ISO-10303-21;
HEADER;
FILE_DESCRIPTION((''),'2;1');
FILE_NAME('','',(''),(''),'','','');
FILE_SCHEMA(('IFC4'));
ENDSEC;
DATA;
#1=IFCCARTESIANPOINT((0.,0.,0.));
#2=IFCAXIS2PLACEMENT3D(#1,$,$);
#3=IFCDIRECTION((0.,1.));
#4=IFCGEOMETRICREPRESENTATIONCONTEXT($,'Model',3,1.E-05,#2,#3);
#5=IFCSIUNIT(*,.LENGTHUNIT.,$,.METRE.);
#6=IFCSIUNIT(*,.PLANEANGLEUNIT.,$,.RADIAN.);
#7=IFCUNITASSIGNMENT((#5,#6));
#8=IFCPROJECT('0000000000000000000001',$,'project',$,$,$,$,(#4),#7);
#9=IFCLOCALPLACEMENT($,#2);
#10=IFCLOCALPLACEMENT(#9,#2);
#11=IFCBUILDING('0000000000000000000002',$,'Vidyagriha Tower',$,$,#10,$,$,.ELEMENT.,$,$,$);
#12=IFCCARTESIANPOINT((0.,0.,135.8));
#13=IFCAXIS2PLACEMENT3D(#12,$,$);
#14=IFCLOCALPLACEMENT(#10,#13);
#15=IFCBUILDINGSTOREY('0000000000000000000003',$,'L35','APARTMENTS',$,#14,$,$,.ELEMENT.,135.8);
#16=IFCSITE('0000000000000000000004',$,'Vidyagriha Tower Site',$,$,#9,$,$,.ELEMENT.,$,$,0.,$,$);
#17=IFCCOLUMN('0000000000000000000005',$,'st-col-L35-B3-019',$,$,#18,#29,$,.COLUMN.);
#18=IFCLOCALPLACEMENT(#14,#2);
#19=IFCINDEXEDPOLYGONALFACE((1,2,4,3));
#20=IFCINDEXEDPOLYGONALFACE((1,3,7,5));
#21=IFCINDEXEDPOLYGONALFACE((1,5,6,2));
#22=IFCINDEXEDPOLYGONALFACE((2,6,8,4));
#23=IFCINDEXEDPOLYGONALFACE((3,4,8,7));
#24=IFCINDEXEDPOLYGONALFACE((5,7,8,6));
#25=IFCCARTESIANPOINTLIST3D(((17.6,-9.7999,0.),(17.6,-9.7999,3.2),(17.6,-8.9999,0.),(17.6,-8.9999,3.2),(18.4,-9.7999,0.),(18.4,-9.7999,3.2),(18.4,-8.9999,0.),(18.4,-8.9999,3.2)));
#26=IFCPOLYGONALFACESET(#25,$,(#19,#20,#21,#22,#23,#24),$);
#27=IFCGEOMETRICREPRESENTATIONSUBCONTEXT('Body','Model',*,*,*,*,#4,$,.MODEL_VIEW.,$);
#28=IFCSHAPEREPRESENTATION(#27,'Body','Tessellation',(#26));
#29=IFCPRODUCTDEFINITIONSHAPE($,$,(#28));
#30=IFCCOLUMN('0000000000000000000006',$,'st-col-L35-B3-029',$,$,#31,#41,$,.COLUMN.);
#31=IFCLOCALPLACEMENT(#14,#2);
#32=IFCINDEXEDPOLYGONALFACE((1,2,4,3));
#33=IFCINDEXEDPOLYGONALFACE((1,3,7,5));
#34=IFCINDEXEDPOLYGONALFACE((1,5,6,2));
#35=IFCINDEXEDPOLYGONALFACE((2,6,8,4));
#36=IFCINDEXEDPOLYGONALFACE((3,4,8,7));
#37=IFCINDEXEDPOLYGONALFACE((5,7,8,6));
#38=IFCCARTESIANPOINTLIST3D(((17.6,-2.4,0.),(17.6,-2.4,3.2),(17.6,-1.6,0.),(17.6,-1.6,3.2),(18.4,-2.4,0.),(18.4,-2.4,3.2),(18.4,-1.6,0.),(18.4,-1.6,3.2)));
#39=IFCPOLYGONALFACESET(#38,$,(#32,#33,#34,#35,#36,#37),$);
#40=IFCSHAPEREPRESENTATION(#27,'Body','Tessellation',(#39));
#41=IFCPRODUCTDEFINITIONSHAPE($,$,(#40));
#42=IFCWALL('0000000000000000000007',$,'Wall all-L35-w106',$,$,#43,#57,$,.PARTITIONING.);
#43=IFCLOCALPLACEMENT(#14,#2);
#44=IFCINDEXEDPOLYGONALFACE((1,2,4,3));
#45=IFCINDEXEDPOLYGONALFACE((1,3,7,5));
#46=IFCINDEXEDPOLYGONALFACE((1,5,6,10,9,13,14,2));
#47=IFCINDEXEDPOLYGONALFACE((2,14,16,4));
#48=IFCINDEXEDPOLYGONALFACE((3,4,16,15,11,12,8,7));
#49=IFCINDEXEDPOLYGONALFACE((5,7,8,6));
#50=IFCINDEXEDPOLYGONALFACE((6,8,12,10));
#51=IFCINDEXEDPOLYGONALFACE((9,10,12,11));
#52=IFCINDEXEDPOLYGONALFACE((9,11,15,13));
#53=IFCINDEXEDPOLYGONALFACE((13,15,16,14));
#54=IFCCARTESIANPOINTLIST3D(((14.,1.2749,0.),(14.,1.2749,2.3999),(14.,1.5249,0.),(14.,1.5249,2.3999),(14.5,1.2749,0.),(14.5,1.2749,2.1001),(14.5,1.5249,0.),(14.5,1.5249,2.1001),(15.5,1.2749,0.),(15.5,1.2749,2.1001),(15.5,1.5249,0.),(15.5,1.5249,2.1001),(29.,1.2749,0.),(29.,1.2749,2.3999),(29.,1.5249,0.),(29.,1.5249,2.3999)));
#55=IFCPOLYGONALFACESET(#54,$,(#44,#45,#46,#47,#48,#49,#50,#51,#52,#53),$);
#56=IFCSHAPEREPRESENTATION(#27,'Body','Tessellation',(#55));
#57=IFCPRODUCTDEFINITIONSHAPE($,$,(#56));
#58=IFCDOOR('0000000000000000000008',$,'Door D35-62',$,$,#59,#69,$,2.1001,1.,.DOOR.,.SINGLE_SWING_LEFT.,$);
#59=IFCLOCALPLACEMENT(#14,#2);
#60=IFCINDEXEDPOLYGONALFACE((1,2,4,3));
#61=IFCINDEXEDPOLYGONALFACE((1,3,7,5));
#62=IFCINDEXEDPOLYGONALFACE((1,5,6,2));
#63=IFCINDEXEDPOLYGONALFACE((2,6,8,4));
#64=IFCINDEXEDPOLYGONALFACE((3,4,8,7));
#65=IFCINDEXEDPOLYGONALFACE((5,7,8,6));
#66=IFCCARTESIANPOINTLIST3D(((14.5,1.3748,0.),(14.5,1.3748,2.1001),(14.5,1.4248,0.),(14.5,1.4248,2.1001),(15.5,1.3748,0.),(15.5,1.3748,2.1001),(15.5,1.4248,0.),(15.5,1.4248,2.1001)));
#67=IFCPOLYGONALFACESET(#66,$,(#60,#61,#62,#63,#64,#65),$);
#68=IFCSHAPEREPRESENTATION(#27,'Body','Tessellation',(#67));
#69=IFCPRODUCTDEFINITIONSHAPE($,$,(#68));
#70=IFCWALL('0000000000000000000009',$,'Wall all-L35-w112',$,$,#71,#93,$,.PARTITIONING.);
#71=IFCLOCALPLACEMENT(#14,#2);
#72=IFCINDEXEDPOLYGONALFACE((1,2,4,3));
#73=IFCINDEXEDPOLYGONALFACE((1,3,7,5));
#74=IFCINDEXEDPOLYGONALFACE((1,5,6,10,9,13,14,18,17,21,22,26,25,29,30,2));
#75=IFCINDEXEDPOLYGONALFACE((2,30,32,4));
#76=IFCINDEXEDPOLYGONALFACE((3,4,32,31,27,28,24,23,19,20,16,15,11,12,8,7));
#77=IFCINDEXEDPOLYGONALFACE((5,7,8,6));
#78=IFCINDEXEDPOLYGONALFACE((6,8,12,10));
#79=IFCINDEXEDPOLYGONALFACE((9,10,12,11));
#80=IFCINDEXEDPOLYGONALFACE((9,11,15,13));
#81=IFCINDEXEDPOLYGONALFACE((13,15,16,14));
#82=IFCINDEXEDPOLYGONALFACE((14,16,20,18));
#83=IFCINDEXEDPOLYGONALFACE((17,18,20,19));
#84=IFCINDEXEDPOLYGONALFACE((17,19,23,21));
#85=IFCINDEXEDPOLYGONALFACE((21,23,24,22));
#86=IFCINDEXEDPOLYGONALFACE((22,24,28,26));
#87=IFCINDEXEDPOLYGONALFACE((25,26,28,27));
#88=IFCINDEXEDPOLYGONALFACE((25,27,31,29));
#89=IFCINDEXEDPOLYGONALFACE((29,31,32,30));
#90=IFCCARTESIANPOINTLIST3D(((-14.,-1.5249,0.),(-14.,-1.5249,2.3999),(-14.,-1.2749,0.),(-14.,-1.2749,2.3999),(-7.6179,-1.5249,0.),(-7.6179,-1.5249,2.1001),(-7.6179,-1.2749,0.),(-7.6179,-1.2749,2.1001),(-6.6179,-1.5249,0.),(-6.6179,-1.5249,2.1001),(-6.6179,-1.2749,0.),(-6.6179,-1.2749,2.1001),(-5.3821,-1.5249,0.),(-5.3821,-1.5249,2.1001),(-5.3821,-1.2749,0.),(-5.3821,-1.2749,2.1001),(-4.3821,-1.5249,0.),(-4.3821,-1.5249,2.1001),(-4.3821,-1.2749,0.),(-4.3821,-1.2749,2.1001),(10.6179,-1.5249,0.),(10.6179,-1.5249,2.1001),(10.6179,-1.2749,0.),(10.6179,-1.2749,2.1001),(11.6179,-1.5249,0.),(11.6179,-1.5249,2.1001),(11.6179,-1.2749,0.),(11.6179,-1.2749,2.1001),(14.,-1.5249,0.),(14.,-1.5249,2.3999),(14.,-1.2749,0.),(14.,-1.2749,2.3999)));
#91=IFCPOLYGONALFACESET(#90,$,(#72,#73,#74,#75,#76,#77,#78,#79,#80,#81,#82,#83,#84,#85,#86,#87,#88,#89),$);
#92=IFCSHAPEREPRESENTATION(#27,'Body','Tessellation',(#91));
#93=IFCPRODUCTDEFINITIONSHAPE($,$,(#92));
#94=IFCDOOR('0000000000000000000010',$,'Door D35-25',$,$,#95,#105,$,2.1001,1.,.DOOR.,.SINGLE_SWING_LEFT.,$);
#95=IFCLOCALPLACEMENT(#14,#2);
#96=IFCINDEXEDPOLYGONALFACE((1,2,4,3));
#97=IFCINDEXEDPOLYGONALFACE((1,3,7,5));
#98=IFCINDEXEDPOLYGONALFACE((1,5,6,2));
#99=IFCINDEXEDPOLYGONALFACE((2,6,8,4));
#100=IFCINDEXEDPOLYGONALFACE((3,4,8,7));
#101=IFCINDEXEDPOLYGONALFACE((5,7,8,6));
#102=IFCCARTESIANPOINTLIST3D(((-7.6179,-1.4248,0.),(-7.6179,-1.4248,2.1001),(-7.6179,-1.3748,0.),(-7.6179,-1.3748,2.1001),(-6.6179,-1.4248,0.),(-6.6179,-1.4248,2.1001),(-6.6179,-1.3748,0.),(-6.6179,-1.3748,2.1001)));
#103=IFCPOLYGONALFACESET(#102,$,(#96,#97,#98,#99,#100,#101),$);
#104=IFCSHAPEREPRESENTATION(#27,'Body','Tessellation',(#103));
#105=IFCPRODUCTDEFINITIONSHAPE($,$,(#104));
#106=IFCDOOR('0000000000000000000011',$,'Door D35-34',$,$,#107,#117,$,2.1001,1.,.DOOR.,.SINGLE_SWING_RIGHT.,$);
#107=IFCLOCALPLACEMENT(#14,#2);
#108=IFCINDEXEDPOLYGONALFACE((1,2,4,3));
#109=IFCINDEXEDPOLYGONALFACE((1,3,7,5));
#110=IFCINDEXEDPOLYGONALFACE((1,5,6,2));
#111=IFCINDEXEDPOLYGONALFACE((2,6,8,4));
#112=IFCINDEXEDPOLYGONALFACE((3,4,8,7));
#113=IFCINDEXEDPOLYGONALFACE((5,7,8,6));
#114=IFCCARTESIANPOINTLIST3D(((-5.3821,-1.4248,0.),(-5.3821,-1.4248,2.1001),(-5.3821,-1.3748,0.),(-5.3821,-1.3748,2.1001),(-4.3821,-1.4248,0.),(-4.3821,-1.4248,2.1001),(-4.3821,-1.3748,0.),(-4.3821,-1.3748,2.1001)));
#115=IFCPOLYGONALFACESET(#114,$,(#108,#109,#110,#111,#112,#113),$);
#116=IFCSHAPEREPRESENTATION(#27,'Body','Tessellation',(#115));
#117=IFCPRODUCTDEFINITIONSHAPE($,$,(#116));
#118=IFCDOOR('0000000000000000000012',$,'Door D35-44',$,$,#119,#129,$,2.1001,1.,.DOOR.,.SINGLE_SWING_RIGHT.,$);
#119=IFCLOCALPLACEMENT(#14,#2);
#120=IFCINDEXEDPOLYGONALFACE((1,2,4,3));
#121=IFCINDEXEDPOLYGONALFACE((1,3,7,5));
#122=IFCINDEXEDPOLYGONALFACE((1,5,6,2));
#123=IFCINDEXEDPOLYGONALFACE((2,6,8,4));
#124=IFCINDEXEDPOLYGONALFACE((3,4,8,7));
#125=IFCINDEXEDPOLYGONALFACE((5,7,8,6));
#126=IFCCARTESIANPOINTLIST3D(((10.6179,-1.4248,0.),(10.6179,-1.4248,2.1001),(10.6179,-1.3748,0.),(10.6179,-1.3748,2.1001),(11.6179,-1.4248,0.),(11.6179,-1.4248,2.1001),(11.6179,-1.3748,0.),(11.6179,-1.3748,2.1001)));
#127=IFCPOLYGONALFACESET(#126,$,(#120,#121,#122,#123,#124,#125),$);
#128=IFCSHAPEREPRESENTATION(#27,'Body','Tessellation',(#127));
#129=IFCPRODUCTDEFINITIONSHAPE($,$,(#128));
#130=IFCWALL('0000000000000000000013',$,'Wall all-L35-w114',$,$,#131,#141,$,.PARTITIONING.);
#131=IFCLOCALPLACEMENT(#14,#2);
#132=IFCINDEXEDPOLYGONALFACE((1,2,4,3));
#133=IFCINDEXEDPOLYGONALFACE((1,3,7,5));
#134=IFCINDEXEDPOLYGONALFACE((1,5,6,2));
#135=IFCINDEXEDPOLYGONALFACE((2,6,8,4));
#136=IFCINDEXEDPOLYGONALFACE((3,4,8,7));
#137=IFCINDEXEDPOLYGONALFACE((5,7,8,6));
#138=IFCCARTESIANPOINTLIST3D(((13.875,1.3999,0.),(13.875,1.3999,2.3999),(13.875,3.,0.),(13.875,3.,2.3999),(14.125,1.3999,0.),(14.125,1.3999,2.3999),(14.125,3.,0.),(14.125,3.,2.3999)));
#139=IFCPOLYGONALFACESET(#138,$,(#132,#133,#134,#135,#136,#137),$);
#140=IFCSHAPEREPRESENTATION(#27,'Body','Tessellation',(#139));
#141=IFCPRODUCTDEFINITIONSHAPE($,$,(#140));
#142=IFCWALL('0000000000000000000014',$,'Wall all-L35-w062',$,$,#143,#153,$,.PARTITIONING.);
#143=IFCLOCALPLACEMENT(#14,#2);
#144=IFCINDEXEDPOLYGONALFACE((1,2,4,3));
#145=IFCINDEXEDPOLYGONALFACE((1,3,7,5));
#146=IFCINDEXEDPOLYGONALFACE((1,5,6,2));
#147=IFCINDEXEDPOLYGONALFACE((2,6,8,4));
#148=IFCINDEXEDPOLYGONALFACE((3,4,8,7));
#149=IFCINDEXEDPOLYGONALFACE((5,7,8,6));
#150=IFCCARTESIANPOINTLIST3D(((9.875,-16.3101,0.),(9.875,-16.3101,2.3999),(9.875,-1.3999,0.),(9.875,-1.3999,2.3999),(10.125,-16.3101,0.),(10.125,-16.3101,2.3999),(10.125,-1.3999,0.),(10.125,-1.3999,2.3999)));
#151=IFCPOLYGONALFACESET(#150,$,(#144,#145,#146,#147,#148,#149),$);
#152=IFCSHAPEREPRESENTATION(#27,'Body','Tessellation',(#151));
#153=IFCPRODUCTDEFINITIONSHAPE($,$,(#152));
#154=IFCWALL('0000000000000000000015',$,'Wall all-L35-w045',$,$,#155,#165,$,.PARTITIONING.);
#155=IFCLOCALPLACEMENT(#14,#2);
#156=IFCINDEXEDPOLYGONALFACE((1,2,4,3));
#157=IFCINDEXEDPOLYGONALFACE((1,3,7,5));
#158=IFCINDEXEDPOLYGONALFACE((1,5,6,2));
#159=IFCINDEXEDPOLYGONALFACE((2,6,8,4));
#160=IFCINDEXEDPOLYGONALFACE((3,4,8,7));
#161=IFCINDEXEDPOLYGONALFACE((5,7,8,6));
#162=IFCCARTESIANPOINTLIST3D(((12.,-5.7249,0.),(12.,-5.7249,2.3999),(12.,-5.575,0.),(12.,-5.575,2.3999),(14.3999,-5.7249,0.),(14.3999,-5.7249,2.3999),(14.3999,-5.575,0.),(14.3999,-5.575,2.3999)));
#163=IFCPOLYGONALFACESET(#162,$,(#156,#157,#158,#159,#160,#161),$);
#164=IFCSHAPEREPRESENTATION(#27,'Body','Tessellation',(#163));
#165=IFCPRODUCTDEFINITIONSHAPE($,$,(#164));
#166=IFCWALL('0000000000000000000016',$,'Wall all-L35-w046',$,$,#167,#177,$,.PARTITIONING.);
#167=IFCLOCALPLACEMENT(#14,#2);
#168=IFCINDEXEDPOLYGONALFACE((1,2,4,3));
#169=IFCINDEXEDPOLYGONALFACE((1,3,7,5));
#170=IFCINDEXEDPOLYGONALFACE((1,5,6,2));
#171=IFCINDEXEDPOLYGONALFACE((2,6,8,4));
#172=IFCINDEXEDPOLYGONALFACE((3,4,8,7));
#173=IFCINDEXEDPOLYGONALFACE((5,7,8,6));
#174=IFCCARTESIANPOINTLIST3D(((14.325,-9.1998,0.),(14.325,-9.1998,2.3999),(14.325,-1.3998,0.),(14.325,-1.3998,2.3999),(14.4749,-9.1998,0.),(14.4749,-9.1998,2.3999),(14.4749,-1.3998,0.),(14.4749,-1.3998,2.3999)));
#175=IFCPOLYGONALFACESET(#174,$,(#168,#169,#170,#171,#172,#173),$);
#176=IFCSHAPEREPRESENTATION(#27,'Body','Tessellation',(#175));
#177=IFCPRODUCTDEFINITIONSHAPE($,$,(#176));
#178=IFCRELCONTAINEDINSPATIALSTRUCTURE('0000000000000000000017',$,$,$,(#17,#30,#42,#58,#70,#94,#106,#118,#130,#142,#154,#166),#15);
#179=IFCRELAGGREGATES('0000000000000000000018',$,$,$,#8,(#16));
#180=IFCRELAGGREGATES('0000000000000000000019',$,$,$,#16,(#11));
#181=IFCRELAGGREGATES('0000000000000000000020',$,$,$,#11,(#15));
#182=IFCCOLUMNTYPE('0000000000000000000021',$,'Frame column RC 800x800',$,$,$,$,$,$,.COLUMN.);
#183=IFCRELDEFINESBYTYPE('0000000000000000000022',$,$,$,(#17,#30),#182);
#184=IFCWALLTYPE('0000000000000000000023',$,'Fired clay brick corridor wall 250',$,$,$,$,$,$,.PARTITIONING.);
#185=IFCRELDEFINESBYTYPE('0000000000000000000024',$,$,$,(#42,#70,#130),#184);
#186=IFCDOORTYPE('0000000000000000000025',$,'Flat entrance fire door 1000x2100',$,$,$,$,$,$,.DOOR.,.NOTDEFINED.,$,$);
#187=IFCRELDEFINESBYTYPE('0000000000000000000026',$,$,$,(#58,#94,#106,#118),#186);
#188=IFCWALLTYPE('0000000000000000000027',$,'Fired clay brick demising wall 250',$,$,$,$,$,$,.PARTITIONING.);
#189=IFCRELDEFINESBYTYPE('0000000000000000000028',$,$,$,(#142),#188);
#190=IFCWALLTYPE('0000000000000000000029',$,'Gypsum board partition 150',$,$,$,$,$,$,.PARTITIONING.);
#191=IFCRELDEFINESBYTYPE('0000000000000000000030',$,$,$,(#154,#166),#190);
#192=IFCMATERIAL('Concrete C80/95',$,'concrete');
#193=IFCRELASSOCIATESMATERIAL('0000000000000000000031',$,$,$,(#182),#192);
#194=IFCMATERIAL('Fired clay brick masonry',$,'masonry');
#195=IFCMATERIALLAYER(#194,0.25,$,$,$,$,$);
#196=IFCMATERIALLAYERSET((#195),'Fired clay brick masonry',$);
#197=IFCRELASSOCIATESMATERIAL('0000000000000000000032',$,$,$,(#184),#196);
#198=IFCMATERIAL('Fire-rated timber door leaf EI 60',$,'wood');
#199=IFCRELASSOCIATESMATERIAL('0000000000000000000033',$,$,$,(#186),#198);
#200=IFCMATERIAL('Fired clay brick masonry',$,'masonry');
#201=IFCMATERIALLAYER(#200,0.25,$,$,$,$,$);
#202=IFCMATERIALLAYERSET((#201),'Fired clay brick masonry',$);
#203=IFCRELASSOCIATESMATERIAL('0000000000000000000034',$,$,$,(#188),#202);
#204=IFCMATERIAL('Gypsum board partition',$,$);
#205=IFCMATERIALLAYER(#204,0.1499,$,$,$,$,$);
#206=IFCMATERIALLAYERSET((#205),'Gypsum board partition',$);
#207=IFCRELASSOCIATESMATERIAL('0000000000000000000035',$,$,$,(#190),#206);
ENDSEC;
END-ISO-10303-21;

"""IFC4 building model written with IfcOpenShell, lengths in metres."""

from ifc_helpers import new_model, si_unit, direction, frame, frame_2d, origin, origin_2d, place, context, subcontext, project, spatial, rectangle, extrude, material, layer, layer_set, material_profile, profile_set, type_object, element, fill, save


model = new_model("IFC4")

# Units and contexts
model_context = context("Model", 3, precision=1e-05, world=origin(), true_north=direction((0.0, 1.0)))
body_context = subcontext(model_context, "Body", "Model", "MODEL_VIEW")
ifc_project = project(units=[si_unit("LENGTHUNIT", "METRE"), si_unit("PLANEANGLEUNIT", "RADIAN")], contexts=[model_context])

# Site, building, storey
site_placement = place(None, origin())
site = spatial("IfcSite", under=ifc_project, at=site_placement, Name="Vidyagriha Tower Site", CompositionType="ELEMENT", RefElevation=0.0)
building_placement = place(site_placement, origin())
building = spatial("IfcBuilding", under=site, at=building_placement, Name="Vidyagriha Tower", CompositionType="ELEMENT")
storey_placement = place(building_placement, frame((0.0, 0.0, 135.8)))
storey = spatial("IfcBuildingStorey", under=building, at=storey_placement, Name="L35", Description="APARTMENTS", CompositionType="ELEMENT", Elevation=135.8)

# Columns
ifc_material_1 = material(Name="Concrete C80/95", Category="concrete")
ifc_material_profile = material_profile(ifc_material_1, rectangle(XDim=0.8, YDim=0.8, at=origin_2d()), Name="RC 800x800")
ifc_profile_set = profile_set([ifc_material_profile], Name="Concrete C80/95")
column_type = type_object("IfcColumnType", Name="Frame column RC 800x800", PredefinedType="COLUMN", material=ifc_profile_set)
for number, where, name in (
    (1, (18.0, -9.3999, 0.0), "st-col-L35-B3-019"),
    (2, (18.0, -2.0, 0.0), "st-col-L35-B3-029"),
):
    element("IfcColumn", number, at=place(storey_placement, frame(where)), inside=storey, type_object=column_type, Name=name, PredefinedType="COLUMN", context=body_context, shape_type="SweptSolid", body=[
        extrude(rectangle(XDim=0.8, YDim=0.8, at=origin_2d()), origin(), (0.0, 0.0, 1.0), 3.2),
    ])

# Wall, opening, door
ifc_material_2 = material(Name="Fired clay brick masonry", Category="masonry")
ifc_layer_1 = layer(ifc_material_2, 0.25)
ifc_layer_set_1 = layer_set([ifc_layer_1], Name="Fired clay brick masonry")
wall_type_1 = type_object("IfcWallType", Name="Fired clay brick corridor wall 250", PredefinedType="PARTITIONING", material=ifc_layer_set_1)
wall_1_placement = place(storey_placement, frame((14.0, 1.3999, 0.0)))
wall_1 = element("IfcWall", 3, at=wall_1_placement, inside=storey, type_object=wall_type_1, Name="Wall all-L35-w106", PredefinedType="PARTITIONING", context=body_context, shape_type="SweptSolid", body=[
    extrude(rectangle(XDim=15.0, YDim=0.25, at=frame_2d((7.5, 0.0))), origin(), (0.0, 0.0, 1.0), 2.3999),
])
opening_1_placement = place(wall_1_placement, frame((0.5, 0.0, 0.0)))
opening_1 = element("IfcOpeningElement", 4, at=opening_1_placement, cuts=wall_1, PredefinedType="OPENING", context=body_context, shape_type="SweptSolid", body=[
    extrude(rectangle(XDim=1.0, YDim=2.1001, at=frame_2d((0.5, 1.05))), frame((0.0, 0.135, 0.0), z_axis=(0.0, -1.0, 0.0), x_axis=(1.0, 0.0, 0.0)), (0.0, 0.0, 1.0), 0.27),
])
ifc_material_3 = material(Name="Fire-rated timber door leaf EI 60", Category="wood")
door_type_1 = type_object("IfcDoorType", Name="Flat entrance fire door 1000x2100", OperationType="NOTDEFINED", PredefinedType="DOOR", material=ifc_material_3)
door_1_placement = place(opening_1_placement, origin())
door_1 = element("IfcDoor", 5, at=door_1_placement, inside=storey, type_object=door_type_1, Name="Door D35-62", OperationType="SINGLE_SWING_LEFT", OverallHeight=2.1001, OverallWidth=1.0, PredefinedType="DOOR", context=body_context, shape_type="SweptSolid", body=[
    extrude(rectangle(XDim=1.0, YDim=2.1001, at=frame_2d((0.5, 1.05))), frame((0.0, 0.0249, 0.0), z_axis=(0.0, -1.0, 0.0), x_axis=(1.0, 0.0, 0.0)), (0.0, 0.0, 1.0), 0.05),
])
fill(opening_1, door_1)

# Wall, openings, doors
wall_2_placement = place(storey_placement, frame((14.0, -1.3999, 0.0), z_axis=(0.0, 0.0, 1.0), x_axis=(-1.0, 0.0, 0.0)))
wall_2 = element("IfcWall", 6, at=wall_2_placement, inside=storey, type_object=wall_type_1, Name="Wall all-L35-w112", PredefinedType="PARTITIONING", context=body_context, shape_type="SweptSolid", body=[
    extrude(rectangle(XDim=28.0, YDim=0.25, at=frame_2d((14.0, 0.0))), origin(), (0.0, 0.0, 1.0), 2.3999),
])
opening_2_placement = place(wall_2_placement, frame((20.6179, 0.0, 0.0)))
opening_2 = element("IfcOpeningElement", 7, at=opening_2_placement, cuts=wall_2, PredefinedType="OPENING", context=body_context, shape_type="SweptSolid", body=[
    extrude(rectangle(XDim=1.0, YDim=2.1001, at=frame_2d((0.5, 1.05))), frame((0.0, 0.135, 0.0), z_axis=(0.0, -1.0, 0.0), x_axis=(1.0, 0.0, 0.0)), (0.0, 0.0, 1.0), 0.27),
])
opening_3_placement = place(wall_2_placement, frame((18.3821, 0.0, 0.0)))
opening_3 = element("IfcOpeningElement", 8, at=opening_3_placement, cuts=wall_2, PredefinedType="OPENING", context=body_context, shape_type="SweptSolid", body=[
    extrude(rectangle(XDim=1.0, YDim=2.1001, at=frame_2d((0.5, 1.05))), frame((0.0, 0.135, 0.0), z_axis=(0.0, -1.0, 0.0), x_axis=(1.0, 0.0, 0.0)), (0.0, 0.0, 1.0), 0.27),
])
opening_4_placement = place(wall_2_placement, frame((2.3821, 0.0, 0.0)))
opening_4 = element("IfcOpeningElement", 9, at=opening_4_placement, cuts=wall_2, PredefinedType="OPENING", context=body_context, shape_type="SweptSolid", body=[
    extrude(rectangle(XDim=1.0, YDim=2.1001, at=frame_2d((0.5, 1.05))), frame((0.0, 0.135, 0.0), z_axis=(0.0, -1.0, 0.0), x_axis=(1.0, 0.0, 0.0)), (0.0, 0.0, 1.0), 0.27),
])
door_2_placement = place(opening_2_placement, origin())
door_2 = element("IfcDoor", 10, at=door_2_placement, inside=storey, type_object=door_type_1, Name="Door D35-25", OperationType="SINGLE_SWING_LEFT", OverallHeight=2.1001, OverallWidth=1.0, PredefinedType="DOOR", context=body_context, shape_type="SweptSolid", body=[
    extrude(rectangle(XDim=1.0, YDim=2.1001, at=frame_2d((0.5, 1.05))), frame((0.0, 0.0249, 0.0), z_axis=(0.0, -1.0, 0.0), x_axis=(1.0, 0.0, 0.0)), (0.0, 0.0, 1.0), 0.05),
])
fill(opening_2, door_2)
door_3_placement = place(opening_3_placement, origin())
door_3 = element("IfcDoor", 11, at=door_3_placement, inside=storey, type_object=door_type_1, Name="Door D35-34", OperationType="SINGLE_SWING_RIGHT", OverallHeight=2.1001, OverallWidth=1.0, PredefinedType="DOOR", context=body_context, shape_type="SweptSolid", body=[
    extrude(rectangle(XDim=1.0, YDim=2.1001, at=frame_2d((0.5, 1.05))), frame((0.0, 0.0249, 0.0), z_axis=(0.0, -1.0, 0.0), x_axis=(1.0, 0.0, 0.0)), (0.0, 0.0, 1.0), 0.05),
])
fill(opening_3, door_3)
door_4_placement = place(opening_4_placement, origin())
door_4 = element("IfcDoor", 12, at=door_4_placement, inside=storey, type_object=door_type_1, Name="Door D35-44", OperationType="SINGLE_SWING_RIGHT", OverallHeight=2.1001, OverallWidth=1.0, PredefinedType="DOOR", context=body_context, shape_type="SweptSolid", body=[
    extrude(rectangle(XDim=1.0, YDim=2.1001, at=frame_2d((0.5, 1.05))), frame((0.0, 0.0249, 0.0), z_axis=(0.0, -1.0, 0.0), x_axis=(1.0, 0.0, 0.0)), (0.0, 0.0, 1.0), 0.05),
])
fill(opening_4, door_4)

# Walls
wall_3_placement = place(storey_placement, frame((14.0, 1.3999, 0.0), z_axis=(0.0, 0.0, 1.0), x_axis=(0.0, 1.0, 0.0)))
element("IfcWall", 13, at=wall_3_placement, inside=storey, type_object=wall_type_1, Name="Wall all-L35-w114", PredefinedType="PARTITIONING", context=body_context, shape_type="SweptSolid", body=[
    extrude(rectangle(XDim=1.6001, YDim=0.25, at=frame_2d((0.8, 0.0))), origin(), (0.0, 0.0, 1.0), 2.3999),
])
ifc_material_4 = material(Name="Fired clay brick masonry", Category="masonry")
ifc_layer_2 = layer(ifc_material_4, 0.25)
ifc_layer_set_2 = layer_set([ifc_layer_2], Name="Fired clay brick masonry")
wall_type_2 = type_object("IfcWallType", Name="Fired clay brick demising wall 250", PredefinedType="PARTITIONING", material=ifc_layer_set_2)
wall_4_placement = place(storey_placement, frame((10.0, -1.3999, 0.0), z_axis=(0.0, 0.0, 1.0), x_axis=(0.0, -1.0, 0.0)))
element("IfcWall", 14, at=wall_4_placement, inside=storey, type_object=wall_type_2, Name="Wall all-L35-w062", PredefinedType="PARTITIONING", context=body_context, shape_type="SweptSolid", body=[
    extrude(rectangle(XDim=14.9102, YDim=0.25, at=frame_2d((7.4551, 0.0))), origin(), (0.0, 0.0, 1.0), 2.3999),
])
ifc_material_5 = material(Name="Gypsum board partition")
ifc_layer_3 = layer(ifc_material_5, 0.1499)
ifc_layer_set_3 = layer_set([ifc_layer_3], Name="Gypsum board partition")
wall_type_3 = type_object("IfcWallType", Name="Gypsum board partition 150", PredefinedType="PARTITIONING", material=ifc_layer_set_3)
wall_5_placement = place(storey_placement, frame((14.3999, -5.6499, 0.0), z_axis=(0.0, 0.0, 1.0), x_axis=(-1.0, 0.0, 0.0)))
element("IfcWall", 15, at=wall_5_placement, inside=storey, type_object=wall_type_3, Name="Wall all-L35-w045", PredefinedType="PARTITIONING", context=body_context, shape_type="SweptSolid", body=[
    extrude(rectangle(XDim=2.3999, YDim=0.1499, at=frame_2d((1.2, 0.0))), origin(), (0.0, 0.0, 1.0), 2.3999),
])
for number, where, z_axis, x_axis, name in (
    (16, (14.3999, -1.3999, 0.0), (0.0, 0.0, 1.0), (0.0, -1.0, 0.0), "Wall all-L35-w046"),
):
    element("IfcWall", number, at=place(storey_placement, frame(where, z_axis=z_axis, x_axis=x_axis)), inside=storey, type_object=wall_type_3, Name=name, PredefinedType="PARTITIONING", context=body_context, shape_type="SweptSolid", body=[
        extrude(rectangle(XDim=7.8, YDim=0.1499, at=frame_2d((3.8999, 0.0))), origin(), (0.0, 0.0, 1.0), 2.3999),
    ])

save(model, "model.ifc")
